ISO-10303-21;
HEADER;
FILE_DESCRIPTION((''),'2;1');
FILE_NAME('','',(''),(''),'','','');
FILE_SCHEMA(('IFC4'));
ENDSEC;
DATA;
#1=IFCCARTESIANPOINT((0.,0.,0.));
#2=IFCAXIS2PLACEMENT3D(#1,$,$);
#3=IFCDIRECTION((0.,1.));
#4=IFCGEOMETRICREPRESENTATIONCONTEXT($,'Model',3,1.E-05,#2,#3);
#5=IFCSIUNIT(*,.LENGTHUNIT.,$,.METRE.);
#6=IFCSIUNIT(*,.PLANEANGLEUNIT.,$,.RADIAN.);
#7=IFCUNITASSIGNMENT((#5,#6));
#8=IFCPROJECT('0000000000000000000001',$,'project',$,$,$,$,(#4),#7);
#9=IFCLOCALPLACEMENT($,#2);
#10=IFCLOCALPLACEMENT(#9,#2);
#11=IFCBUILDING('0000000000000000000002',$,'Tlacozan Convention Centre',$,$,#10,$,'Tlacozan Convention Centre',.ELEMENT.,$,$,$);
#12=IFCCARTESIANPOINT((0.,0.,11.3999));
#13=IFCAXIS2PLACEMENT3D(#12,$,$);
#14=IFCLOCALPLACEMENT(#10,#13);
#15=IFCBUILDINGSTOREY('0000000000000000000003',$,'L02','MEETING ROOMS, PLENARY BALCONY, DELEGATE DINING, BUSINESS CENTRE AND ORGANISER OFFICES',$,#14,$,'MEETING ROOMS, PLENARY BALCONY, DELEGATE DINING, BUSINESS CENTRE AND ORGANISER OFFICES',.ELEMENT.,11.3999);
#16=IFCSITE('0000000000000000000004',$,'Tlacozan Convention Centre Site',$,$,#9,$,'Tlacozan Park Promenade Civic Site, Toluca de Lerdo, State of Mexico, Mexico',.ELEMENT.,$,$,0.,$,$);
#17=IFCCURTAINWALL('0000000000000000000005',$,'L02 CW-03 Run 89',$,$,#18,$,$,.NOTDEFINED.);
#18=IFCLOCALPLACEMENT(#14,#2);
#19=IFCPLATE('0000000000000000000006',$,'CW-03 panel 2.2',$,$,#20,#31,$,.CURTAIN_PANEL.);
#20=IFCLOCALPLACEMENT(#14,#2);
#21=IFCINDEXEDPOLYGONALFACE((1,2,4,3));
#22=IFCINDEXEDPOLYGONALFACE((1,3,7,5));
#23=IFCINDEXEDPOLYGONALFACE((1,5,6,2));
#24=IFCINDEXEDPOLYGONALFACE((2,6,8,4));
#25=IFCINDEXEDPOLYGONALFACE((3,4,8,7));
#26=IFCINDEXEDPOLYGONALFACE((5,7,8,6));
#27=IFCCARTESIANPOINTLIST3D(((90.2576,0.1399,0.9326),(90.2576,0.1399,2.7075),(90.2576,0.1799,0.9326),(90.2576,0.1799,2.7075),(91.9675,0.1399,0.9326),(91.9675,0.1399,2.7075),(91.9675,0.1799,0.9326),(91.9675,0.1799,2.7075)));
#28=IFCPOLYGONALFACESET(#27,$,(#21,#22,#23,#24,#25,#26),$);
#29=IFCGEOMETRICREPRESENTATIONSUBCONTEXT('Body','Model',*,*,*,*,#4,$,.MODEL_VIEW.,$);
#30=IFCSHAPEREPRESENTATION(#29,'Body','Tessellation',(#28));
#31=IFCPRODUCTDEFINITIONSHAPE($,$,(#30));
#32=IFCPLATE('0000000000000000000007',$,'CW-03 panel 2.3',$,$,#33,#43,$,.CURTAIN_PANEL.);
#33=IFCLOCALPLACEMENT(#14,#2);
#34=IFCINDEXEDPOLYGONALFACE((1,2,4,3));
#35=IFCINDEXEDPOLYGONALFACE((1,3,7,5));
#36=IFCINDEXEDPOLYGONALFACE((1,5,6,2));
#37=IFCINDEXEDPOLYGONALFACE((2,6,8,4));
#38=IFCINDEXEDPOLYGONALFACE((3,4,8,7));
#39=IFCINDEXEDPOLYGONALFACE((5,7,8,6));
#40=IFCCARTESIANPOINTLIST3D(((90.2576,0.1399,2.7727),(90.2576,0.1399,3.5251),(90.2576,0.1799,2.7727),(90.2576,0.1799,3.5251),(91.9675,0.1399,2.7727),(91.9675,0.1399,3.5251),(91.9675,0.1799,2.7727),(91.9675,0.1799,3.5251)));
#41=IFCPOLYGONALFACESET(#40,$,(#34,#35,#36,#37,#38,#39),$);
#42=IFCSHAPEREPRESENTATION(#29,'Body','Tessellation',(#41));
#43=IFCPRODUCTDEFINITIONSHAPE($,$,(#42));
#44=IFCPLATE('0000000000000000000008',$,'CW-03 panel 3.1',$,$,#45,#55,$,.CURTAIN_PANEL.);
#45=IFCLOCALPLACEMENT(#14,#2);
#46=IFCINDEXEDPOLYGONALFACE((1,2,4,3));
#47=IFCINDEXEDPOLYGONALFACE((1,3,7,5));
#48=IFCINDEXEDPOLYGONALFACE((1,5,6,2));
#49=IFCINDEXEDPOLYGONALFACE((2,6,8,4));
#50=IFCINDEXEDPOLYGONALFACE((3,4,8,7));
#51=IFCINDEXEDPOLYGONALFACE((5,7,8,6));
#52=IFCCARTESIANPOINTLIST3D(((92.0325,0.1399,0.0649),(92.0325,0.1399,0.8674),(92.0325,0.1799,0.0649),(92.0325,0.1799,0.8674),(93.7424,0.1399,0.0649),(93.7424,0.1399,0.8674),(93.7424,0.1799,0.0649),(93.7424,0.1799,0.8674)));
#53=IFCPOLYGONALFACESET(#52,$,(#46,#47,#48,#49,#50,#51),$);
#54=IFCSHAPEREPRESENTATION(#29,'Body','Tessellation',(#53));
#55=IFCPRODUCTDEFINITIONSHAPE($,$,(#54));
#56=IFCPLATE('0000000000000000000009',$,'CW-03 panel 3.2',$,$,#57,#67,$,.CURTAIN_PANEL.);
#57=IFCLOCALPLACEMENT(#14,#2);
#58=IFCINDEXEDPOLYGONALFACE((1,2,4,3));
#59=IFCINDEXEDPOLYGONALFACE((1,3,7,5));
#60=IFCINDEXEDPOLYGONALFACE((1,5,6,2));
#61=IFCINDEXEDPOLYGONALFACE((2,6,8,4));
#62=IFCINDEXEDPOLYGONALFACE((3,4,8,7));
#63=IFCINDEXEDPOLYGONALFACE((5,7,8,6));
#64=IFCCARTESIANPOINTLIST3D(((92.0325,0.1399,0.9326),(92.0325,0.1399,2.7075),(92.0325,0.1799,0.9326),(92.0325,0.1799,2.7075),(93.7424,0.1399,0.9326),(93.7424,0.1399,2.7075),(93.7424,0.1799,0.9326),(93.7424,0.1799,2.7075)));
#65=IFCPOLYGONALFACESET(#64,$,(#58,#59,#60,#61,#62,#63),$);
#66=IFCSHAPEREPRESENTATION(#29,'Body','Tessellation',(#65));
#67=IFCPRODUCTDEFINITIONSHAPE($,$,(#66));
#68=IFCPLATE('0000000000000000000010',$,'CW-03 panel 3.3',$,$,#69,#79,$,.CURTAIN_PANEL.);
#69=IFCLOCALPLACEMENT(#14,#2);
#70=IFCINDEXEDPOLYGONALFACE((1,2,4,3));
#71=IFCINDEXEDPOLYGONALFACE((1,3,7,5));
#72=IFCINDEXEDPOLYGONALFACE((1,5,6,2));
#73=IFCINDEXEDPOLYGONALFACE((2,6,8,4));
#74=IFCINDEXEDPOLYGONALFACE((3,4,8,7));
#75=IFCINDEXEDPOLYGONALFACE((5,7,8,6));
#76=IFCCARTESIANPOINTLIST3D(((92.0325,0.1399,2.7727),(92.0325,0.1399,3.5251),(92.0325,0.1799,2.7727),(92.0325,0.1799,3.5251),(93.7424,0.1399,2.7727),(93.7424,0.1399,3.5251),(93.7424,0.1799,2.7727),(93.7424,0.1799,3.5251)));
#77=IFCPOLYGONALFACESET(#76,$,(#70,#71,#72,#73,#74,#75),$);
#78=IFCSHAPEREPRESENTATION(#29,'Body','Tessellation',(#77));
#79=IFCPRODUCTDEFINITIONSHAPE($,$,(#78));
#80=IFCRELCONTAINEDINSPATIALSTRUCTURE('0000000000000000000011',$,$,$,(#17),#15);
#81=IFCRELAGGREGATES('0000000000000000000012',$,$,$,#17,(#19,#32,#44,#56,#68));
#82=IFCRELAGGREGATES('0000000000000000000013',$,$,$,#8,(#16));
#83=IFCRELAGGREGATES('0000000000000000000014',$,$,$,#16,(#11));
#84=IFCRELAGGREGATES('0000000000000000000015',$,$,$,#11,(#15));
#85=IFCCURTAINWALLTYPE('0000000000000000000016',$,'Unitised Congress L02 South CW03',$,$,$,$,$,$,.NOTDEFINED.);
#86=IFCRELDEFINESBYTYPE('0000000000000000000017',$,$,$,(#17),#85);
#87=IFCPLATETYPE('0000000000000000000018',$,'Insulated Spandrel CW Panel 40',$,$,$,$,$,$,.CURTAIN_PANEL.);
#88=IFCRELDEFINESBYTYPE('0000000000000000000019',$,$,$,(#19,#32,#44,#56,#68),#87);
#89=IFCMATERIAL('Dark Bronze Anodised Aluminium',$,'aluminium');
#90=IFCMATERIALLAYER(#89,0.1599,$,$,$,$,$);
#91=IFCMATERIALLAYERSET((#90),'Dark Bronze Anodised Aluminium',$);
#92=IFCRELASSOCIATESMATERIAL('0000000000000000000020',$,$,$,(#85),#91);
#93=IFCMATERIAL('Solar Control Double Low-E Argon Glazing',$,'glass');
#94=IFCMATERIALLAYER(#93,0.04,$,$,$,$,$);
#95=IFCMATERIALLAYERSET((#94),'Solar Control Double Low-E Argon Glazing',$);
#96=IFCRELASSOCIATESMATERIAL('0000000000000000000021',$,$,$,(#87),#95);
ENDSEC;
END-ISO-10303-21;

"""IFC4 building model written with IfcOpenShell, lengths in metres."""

from ifc_helpers import new_model, si_unit, direction, frame, origin, origin_2d, place, context, subcontext, project, spatial, rectangle, extrude, material, layer, layer_set, type_object, element, aggregate, save


model = new_model("IFC4")

# Units and contexts
model_context = context("Model", 3, precision=1e-05, world=origin(), true_north=direction((0.0, 1.0)))
body_context = subcontext(model_context, "Body", "Model", "MODEL_VIEW")
ifc_project = project(units=[si_unit("LENGTHUNIT", "METRE"), si_unit("PLANEANGLEUNIT", "RADIAN")], contexts=[model_context])

# Site, building, storey
site_placement = place(None, origin())
site = spatial("IfcSite", under=ifc_project, at=site_placement, Name="Tlacozan Convention Centre Site", LongName="Tlacozan Park Promenade Civic Site, Toluca de Lerdo, State of Mexico, Mexico", CompositionType="ELEMENT", RefElevation=0.0)
building_placement = place(site_placement, origin())
building = spatial("IfcBuilding", under=site, at=building_placement, Name="Tlacozan Convention Centre", LongName="Tlacozan Convention Centre", CompositionType="ELEMENT")
storey_placement = place(building_placement, frame((0.0, 0.0, 11.3999)))
storey = spatial("IfcBuildingStorey", under=building, at=storey_placement, Name="L02", Description="MEETING ROOMS, PLENARY BALCONY, DELEGATE DINING, BUSINESS CENTRE AND ORGANISER OFFICES", LongName="MEETING ROOMS, PLENARY BALCONY, DELEGATE DINING, BUSINESS CENTRE AND ORGANISER OFFICES", CompositionType="ELEMENT", Elevation=11.3999)

# Curtain wall
ifc_material_1 = material(Name="Dark Bronze Anodised Aluminium", Category="aluminium")
ifc_layer_1 = layer(ifc_material_1, 0.1599)
ifc_layer_set_1 = layer_set([ifc_layer_1], Name="Dark Bronze Anodised Aluminium")
curtain_wall_type = type_object("IfcCurtainWallType", Name="Unitised Congress L02 South CW03", PredefinedType="NOTDEFINED", material=ifc_layer_set_1)
curtain_wall_placement = place(storey_placement, origin())
curtain_wall = element("IfcCurtainWall", 1, at=curtain_wall_placement, inside=storey, type_object=curtain_wall_type, Name="L02 CW-03 Run 89", PredefinedType="NOTDEFINED")

# Plates
ifc_material_2 = material(Name="Solar Control Double Low-E Argon Glazing", Category="glass")
ifc_layer_2 = layer(ifc_material_2, 0.04)
ifc_layer_set_2 = layer_set([ifc_layer_2], Name="Solar Control Double Low-E Argon Glazing")
plate_type = type_object("IfcPlateType", Name="Insulated Spandrel CW Panel 40", PredefinedType="CURTAIN_PANEL", material=ifc_layer_set_2)
plate_1_placement = place(storey_placement, frame((91.1125, 0.1599, 0.9326), z_axis=(0.0, 0.0, 1.0), x_axis=(1.0, 0.0, 0.0)))
plate_1 = element("IfcPlate", 2, at=plate_1_placement, type_object=plate_type, Name="CW-03 panel 2.2", PredefinedType="CURTAIN_PANEL", context=body_context, shape_type="SweptSolid", body=[
    extrude(rectangle(XDim=1.71, YDim=0.04, at=origin_2d()), origin(), (0.0, 0.0, 1.0), 1.7749),
])
plate_2_placement = place(storey_placement, frame((91.1125, 0.1599, 2.7727), z_axis=(0.0, 0.0, 1.0), x_axis=(1.0, 0.0, 0.0)))
plate_2 = element("IfcPlate", 3, at=plate_2_placement, type_object=plate_type, Name="CW-03 panel 2.3", PredefinedType="CURTAIN_PANEL", context=body_context, shape_type="SweptSolid", body=[
    extrude(rectangle(XDim=1.71, YDim=0.04, at=origin_2d()), origin(), (0.0, 0.0, 1.0), 0.7524),
])
plate_3_placement = place(storey_placement, frame((92.8875, 0.1599, 0.0649), z_axis=(0.0, 0.0, 1.0), x_axis=(1.0, 0.0, 0.0)))
plate_3 = element("IfcPlate", 4, at=plate_3_placement, type_object=plate_type, Name="CW-03 panel 3.1", PredefinedType="CURTAIN_PANEL", context=body_context, shape_type="SweptSolid", body=[
    extrude(rectangle(XDim=1.71, YDim=0.04, at=origin_2d()), origin(), (0.0, 0.0, 1.0), 0.8025),
])
plate_4_placement = place(storey_placement, frame((92.8875, 0.1599, 0.9326), z_axis=(0.0, 0.0, 1.0), x_axis=(1.0, 0.0, 0.0)))
plate_4 = element("IfcPlate", 5, at=plate_4_placement, type_object=plate_type, Name="CW-03 panel 3.2", PredefinedType="CURTAIN_PANEL", context=body_context, shape_type="SweptSolid", body=[
    extrude(rectangle(XDim=1.71, YDim=0.04, at=origin_2d()), origin(), (0.0, 0.0, 1.0), 1.7749),
])
plate_5_placement = place(storey_placement, frame((92.8875, 0.1599, 2.7727), z_axis=(0.0, 0.0, 1.0), x_axis=(1.0, 0.0, 0.0)))
plate_5 = element("IfcPlate", 6, at=plate_5_placement, type_object=plate_type, Name="CW-03 panel 3.3", PredefinedType="CURTAIN_PANEL", context=body_context, shape_type="SweptSolid", body=[
    extrude(rectangle(XDim=1.71, YDim=0.04, at=origin_2d()), origin(), (0.0, 0.0, 1.0), 0.7524),
])
aggregate(curtain_wall, [plate_1, plate_2, plate_3, plate_4, plate_5])

save(model, "model.ifc")
